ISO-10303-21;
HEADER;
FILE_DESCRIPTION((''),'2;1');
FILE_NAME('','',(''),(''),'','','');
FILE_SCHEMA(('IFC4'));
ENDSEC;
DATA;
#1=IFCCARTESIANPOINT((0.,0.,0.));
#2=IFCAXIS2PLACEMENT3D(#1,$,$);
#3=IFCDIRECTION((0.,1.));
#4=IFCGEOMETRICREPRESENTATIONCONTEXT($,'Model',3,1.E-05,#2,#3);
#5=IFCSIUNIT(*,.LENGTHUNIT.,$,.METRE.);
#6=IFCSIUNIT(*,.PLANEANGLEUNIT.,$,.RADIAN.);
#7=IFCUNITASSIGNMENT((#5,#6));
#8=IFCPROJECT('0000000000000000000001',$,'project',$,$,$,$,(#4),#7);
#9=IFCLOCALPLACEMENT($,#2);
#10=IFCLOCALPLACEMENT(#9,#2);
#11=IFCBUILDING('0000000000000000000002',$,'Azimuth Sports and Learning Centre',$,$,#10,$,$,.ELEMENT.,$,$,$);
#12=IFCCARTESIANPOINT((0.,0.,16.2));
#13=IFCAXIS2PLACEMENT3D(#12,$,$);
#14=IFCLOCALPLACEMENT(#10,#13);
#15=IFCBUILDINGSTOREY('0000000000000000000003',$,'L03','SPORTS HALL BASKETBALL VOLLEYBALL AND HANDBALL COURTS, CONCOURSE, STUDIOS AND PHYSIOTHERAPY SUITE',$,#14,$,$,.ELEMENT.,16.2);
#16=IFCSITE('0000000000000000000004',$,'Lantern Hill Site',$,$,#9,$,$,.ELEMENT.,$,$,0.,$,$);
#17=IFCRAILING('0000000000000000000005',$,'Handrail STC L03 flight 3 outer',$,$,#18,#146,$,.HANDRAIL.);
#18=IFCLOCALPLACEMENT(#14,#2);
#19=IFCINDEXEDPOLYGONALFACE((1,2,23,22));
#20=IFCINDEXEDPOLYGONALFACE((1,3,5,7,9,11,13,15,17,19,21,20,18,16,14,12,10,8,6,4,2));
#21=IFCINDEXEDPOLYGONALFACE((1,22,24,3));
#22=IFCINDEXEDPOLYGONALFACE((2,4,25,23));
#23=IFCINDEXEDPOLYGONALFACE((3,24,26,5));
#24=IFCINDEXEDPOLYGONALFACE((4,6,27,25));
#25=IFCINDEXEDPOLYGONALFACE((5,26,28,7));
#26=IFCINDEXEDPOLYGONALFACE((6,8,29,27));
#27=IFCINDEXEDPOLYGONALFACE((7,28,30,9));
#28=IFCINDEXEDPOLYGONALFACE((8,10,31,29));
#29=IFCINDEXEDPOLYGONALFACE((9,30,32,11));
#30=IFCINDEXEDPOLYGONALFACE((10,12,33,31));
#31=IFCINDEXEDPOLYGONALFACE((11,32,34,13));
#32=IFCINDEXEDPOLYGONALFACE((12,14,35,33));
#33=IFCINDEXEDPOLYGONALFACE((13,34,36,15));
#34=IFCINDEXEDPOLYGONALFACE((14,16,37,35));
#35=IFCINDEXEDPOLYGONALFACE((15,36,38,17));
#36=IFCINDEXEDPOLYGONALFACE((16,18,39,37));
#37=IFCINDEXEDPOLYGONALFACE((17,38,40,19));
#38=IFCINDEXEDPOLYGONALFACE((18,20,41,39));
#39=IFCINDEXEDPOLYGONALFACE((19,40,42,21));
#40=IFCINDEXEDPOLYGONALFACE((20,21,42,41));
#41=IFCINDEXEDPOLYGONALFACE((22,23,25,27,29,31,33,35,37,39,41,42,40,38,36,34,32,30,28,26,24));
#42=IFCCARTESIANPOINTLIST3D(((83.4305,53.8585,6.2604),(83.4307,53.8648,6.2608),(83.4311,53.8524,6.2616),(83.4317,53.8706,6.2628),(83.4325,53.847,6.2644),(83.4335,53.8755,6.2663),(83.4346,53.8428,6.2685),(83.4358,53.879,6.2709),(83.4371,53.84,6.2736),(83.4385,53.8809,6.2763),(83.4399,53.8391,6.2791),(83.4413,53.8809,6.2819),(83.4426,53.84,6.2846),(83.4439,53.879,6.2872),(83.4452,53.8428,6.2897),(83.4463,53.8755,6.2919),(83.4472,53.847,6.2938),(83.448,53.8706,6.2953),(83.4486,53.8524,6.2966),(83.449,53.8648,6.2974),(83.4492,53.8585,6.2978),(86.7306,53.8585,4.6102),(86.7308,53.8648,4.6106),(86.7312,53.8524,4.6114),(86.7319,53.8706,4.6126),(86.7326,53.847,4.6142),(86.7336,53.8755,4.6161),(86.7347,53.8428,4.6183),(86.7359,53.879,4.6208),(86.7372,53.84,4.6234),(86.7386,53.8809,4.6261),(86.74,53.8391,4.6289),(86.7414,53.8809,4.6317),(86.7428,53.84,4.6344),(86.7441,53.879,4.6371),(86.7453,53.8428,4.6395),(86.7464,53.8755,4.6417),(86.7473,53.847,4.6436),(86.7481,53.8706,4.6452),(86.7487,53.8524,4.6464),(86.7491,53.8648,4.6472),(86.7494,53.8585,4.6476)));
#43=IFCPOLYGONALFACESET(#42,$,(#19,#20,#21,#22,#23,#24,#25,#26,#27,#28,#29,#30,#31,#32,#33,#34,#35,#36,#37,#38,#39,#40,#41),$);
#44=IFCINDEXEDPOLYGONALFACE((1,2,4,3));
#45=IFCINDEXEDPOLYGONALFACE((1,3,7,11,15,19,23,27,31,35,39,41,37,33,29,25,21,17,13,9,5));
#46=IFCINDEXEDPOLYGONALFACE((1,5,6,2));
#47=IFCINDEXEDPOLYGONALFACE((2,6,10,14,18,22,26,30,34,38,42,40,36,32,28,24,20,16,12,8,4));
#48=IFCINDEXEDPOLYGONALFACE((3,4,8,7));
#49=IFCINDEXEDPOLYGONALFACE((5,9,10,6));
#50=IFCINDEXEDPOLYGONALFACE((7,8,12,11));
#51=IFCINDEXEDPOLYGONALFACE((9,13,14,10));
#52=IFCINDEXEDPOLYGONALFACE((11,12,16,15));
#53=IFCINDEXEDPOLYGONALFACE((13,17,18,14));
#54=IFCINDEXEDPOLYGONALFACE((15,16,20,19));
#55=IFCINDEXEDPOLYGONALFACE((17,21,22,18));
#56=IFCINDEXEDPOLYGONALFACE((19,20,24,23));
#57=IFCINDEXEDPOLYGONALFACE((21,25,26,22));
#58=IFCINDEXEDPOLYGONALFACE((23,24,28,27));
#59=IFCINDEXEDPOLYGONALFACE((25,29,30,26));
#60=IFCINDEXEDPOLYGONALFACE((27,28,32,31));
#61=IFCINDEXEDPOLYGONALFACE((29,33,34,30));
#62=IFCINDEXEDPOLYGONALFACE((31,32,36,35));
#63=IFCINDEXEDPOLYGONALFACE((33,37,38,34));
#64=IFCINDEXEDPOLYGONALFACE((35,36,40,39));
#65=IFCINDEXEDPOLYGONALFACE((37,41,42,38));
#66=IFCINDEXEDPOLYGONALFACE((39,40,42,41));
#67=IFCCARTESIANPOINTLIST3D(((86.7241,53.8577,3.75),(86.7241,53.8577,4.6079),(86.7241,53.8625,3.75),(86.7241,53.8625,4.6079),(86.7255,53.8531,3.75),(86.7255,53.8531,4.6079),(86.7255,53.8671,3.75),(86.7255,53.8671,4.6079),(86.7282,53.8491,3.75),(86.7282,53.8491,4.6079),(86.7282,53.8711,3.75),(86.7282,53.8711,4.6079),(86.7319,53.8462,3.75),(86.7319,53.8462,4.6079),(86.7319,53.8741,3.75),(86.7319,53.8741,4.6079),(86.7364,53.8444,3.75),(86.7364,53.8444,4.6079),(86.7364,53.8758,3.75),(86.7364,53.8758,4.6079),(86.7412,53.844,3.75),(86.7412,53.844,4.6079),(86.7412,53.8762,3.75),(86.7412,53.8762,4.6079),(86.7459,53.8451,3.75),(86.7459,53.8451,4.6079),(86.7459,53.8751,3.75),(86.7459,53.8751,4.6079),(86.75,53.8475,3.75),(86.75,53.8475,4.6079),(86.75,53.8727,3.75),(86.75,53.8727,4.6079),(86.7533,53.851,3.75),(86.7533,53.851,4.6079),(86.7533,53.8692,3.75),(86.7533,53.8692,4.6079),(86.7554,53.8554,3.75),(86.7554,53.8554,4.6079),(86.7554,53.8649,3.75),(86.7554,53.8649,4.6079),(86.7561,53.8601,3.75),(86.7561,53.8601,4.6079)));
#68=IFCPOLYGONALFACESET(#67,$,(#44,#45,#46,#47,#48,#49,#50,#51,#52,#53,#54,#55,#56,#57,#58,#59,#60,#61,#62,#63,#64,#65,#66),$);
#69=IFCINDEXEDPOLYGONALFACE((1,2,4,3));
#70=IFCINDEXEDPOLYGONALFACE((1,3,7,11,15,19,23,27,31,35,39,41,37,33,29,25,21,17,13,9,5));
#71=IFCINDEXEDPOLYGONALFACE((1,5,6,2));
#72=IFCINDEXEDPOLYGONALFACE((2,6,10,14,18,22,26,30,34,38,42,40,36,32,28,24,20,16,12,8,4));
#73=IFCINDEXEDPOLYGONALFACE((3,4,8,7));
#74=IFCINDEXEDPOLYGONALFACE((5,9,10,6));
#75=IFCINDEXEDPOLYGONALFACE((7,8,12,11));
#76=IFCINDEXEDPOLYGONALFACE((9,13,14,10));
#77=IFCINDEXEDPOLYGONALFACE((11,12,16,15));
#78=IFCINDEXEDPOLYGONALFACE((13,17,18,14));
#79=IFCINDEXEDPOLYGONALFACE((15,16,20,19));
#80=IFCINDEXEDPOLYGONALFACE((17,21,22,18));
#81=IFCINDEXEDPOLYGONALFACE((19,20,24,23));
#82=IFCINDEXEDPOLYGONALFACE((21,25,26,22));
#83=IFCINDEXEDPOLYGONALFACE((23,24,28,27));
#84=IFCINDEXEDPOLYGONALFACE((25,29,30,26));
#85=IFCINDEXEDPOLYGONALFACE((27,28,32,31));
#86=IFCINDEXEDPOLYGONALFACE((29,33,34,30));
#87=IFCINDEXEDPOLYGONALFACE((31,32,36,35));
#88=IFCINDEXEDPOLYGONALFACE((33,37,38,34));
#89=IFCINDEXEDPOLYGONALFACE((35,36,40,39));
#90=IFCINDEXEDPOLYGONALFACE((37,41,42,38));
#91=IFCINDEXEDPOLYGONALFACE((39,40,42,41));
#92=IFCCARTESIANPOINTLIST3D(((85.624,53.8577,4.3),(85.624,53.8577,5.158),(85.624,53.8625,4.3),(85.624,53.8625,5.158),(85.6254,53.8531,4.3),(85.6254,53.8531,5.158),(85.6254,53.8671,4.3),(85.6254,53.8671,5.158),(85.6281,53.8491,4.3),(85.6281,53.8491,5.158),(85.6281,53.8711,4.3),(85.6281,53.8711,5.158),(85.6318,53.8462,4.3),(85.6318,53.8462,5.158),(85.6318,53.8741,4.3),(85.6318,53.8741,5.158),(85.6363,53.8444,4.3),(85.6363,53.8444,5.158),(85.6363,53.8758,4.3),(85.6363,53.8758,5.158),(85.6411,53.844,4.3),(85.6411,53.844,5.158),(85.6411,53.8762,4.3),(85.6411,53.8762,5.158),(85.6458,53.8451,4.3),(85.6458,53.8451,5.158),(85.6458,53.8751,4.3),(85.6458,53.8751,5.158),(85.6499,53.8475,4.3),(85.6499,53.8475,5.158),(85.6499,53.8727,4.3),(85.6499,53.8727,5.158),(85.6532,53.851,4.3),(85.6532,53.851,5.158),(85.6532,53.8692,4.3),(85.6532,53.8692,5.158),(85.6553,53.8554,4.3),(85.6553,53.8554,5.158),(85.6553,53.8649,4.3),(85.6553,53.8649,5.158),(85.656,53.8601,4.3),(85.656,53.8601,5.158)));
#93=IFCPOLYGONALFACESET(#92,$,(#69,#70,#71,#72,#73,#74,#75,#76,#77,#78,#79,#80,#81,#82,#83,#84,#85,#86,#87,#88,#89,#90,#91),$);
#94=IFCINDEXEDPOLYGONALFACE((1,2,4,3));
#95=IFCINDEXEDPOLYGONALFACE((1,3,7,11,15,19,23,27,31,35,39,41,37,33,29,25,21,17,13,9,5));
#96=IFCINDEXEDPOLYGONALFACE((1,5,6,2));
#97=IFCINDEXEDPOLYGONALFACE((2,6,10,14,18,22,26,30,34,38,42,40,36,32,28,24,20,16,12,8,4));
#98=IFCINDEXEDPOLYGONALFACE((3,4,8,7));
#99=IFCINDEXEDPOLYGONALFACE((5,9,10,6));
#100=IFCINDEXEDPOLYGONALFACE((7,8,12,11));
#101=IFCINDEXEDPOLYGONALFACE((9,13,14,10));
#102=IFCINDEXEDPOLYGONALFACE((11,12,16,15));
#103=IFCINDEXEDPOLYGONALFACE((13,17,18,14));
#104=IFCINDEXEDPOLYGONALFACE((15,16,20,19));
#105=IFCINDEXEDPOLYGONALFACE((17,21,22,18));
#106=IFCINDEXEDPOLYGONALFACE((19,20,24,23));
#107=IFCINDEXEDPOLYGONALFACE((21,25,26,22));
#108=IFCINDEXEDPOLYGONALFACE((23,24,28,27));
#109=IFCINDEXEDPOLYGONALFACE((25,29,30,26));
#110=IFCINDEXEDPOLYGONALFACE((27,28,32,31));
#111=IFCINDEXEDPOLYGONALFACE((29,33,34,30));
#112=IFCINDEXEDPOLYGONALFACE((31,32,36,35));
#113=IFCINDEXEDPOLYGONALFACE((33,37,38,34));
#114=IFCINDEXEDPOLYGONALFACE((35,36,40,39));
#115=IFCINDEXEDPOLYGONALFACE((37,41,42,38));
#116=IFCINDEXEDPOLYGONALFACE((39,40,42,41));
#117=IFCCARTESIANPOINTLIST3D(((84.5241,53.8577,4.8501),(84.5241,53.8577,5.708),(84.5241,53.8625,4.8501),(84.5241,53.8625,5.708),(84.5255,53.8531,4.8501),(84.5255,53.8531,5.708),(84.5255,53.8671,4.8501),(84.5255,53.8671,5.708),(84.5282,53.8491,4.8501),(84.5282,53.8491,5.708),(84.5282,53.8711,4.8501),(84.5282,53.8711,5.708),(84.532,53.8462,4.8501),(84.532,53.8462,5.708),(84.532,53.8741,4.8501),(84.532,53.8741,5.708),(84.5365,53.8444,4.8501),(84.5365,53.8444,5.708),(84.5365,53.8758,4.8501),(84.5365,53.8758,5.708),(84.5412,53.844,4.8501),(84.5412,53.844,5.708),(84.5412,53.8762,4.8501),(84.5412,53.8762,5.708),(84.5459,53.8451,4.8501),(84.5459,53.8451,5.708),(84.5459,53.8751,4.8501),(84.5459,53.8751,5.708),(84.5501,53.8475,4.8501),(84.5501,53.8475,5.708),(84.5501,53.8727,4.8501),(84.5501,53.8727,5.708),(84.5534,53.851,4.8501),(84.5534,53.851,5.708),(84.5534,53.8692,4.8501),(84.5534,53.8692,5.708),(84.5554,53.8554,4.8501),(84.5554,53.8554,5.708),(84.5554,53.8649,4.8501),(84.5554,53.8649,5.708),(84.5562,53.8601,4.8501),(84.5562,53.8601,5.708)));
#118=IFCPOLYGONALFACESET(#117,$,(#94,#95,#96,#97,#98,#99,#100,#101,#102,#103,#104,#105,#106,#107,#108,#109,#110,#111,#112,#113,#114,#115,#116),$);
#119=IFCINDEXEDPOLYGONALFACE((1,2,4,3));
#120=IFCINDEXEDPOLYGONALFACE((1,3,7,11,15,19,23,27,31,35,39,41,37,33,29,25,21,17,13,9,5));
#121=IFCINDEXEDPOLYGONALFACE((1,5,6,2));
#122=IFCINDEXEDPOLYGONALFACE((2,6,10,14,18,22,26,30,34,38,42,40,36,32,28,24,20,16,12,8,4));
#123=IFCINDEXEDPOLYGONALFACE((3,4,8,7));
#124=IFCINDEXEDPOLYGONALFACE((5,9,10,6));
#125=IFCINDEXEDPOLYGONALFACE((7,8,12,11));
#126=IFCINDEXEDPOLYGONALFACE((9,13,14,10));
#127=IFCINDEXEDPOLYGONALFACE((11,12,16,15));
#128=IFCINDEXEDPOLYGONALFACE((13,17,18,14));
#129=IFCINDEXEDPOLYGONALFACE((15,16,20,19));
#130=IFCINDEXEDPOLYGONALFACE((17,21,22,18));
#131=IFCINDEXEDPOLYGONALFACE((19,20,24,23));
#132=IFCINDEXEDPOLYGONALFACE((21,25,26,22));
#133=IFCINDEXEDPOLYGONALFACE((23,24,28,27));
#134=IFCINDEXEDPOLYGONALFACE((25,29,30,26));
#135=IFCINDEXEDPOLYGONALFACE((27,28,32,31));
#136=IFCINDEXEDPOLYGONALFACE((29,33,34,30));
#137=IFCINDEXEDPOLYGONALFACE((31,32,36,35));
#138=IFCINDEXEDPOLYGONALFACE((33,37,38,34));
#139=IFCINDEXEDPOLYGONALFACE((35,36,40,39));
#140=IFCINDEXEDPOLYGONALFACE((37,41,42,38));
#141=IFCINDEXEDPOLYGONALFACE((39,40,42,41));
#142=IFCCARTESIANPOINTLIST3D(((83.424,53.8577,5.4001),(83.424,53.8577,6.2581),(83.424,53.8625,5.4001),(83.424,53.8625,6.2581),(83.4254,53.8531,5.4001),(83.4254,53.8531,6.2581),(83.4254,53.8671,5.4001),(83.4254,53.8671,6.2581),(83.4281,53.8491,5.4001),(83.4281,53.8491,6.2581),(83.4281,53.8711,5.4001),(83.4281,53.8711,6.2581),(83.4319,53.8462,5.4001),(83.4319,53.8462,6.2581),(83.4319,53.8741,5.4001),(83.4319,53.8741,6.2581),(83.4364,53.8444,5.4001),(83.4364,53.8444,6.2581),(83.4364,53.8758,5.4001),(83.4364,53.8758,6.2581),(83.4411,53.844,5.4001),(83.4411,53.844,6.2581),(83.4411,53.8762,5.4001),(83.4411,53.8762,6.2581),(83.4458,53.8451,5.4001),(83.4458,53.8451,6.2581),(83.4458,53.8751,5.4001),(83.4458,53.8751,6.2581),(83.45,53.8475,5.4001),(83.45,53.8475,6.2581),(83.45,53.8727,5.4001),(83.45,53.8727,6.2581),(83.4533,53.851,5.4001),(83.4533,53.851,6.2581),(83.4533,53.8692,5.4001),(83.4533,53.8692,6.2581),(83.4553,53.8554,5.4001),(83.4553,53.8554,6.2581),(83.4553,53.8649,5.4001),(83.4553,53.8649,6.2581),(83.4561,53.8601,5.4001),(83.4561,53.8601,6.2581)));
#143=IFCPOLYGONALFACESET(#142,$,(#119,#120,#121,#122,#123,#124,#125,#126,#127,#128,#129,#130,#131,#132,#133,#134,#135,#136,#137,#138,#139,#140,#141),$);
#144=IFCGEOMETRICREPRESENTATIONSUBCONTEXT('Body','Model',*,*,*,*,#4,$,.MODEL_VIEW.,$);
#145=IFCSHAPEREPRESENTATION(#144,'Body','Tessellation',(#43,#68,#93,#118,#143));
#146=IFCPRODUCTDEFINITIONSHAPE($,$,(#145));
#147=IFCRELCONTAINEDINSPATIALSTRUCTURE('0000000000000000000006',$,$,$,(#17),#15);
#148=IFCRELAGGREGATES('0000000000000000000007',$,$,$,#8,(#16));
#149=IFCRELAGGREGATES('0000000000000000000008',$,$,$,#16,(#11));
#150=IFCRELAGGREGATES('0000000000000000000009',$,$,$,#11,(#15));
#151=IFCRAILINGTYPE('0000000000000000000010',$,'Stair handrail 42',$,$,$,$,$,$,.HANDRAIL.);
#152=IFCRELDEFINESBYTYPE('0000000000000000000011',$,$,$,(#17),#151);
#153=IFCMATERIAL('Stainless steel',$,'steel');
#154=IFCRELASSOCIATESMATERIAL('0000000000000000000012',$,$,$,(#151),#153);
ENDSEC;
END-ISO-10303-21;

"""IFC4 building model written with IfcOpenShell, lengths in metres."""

from ifc_helpers import new_model, si_unit, direction, frame, origin, origin_2d, place, context, subcontext, project, spatial, circle, extrude, material, type_object, element, save


model = new_model("IFC4")

# Units and contexts
model_context = context("Model", 3, precision=1e-05, world=origin(), true_north=direction((0.0, 1.0)))
body_context = subcontext(model_context, "Body", "Model", "MODEL_VIEW")
ifc_project = project(units=[si_unit("LENGTHUNIT", "METRE"), si_unit("PLANEANGLEUNIT", "RADIAN")], contexts=[model_context])

# Site, building, storey
site_placement = place(None, origin())
site = spatial("IfcSite", under=ifc_project, at=site_placement, Name="Lantern Hill Site", CompositionType="ELEMENT", RefElevation=0.0)
building_placement = place(site_placement, origin())
building = spatial("IfcBuilding", under=site, at=building_placement, Name="Azimuth Sports and Learning Centre", CompositionType="ELEMENT")
storey_placement = place(building_placement, frame((0.0, 0.0, 16.2)))
storey = spatial("IfcBuildingStorey", under=building, at=storey_placement, Name="L03", Description="SPORTS HALL BASKETBALL VOLLEYBALL AND HANDBALL COURTS, CONCOURSE, STUDIOS AND PHYSIOTHERAPY SUITE", CompositionType="ELEMENT", Elevation=16.2)

# Railing
ifc_material_1 = material(Name="Stainless steel", Category="steel")
railing_type_1 = type_object("IfcRailingType", Name="Stair handrail 42", PredefinedType="HANDRAIL", material=ifc_material_1)
for number, where, name in (
    (1, (86.74, 53.8601, 3.75), "Handrail STC L03 flight 3 outer"),
):
    element("IfcRailing", number, at=place(storey_placement, frame(where)), inside=storey, type_object=railing_type_1, Name=name, PredefinedType="HANDRAIL", context=body_context, shape_type="SweptSolid", body=[
        extrude(circle(Radius=0.021, at=origin_2d()), frame((0.0, 0.0, 0.8789), z_axis=(-0.894414, 0.0, 0.44724), x_axis=(0.0, -1.0, 0.0)), (0.0, 0.0, 1.0), 3.6897),
        extrude(circle(Radius=0.0161, at=origin_2d()), origin(), (0.0, 0.0, 1.0), 0.8579),
        extrude(circle(Radius=0.0161, at=origin_2d()), frame((-1.1001, 0.0, 0.55)), (0.0, 0.0, 1.0), 0.8579),
        extrude(circle(Radius=0.0161, at=origin_2d()), frame((-2.2, 0.0, 1.1001)), (0.0, 0.0, 1.0), 0.8579),
        extrude(circle(Radius=0.0161, at=origin_2d()), frame((-3.3, 0.0, 1.6501)), (0.0, 0.0, 1.0), 0.8579),
    ])

save(model, "model.ifc")
